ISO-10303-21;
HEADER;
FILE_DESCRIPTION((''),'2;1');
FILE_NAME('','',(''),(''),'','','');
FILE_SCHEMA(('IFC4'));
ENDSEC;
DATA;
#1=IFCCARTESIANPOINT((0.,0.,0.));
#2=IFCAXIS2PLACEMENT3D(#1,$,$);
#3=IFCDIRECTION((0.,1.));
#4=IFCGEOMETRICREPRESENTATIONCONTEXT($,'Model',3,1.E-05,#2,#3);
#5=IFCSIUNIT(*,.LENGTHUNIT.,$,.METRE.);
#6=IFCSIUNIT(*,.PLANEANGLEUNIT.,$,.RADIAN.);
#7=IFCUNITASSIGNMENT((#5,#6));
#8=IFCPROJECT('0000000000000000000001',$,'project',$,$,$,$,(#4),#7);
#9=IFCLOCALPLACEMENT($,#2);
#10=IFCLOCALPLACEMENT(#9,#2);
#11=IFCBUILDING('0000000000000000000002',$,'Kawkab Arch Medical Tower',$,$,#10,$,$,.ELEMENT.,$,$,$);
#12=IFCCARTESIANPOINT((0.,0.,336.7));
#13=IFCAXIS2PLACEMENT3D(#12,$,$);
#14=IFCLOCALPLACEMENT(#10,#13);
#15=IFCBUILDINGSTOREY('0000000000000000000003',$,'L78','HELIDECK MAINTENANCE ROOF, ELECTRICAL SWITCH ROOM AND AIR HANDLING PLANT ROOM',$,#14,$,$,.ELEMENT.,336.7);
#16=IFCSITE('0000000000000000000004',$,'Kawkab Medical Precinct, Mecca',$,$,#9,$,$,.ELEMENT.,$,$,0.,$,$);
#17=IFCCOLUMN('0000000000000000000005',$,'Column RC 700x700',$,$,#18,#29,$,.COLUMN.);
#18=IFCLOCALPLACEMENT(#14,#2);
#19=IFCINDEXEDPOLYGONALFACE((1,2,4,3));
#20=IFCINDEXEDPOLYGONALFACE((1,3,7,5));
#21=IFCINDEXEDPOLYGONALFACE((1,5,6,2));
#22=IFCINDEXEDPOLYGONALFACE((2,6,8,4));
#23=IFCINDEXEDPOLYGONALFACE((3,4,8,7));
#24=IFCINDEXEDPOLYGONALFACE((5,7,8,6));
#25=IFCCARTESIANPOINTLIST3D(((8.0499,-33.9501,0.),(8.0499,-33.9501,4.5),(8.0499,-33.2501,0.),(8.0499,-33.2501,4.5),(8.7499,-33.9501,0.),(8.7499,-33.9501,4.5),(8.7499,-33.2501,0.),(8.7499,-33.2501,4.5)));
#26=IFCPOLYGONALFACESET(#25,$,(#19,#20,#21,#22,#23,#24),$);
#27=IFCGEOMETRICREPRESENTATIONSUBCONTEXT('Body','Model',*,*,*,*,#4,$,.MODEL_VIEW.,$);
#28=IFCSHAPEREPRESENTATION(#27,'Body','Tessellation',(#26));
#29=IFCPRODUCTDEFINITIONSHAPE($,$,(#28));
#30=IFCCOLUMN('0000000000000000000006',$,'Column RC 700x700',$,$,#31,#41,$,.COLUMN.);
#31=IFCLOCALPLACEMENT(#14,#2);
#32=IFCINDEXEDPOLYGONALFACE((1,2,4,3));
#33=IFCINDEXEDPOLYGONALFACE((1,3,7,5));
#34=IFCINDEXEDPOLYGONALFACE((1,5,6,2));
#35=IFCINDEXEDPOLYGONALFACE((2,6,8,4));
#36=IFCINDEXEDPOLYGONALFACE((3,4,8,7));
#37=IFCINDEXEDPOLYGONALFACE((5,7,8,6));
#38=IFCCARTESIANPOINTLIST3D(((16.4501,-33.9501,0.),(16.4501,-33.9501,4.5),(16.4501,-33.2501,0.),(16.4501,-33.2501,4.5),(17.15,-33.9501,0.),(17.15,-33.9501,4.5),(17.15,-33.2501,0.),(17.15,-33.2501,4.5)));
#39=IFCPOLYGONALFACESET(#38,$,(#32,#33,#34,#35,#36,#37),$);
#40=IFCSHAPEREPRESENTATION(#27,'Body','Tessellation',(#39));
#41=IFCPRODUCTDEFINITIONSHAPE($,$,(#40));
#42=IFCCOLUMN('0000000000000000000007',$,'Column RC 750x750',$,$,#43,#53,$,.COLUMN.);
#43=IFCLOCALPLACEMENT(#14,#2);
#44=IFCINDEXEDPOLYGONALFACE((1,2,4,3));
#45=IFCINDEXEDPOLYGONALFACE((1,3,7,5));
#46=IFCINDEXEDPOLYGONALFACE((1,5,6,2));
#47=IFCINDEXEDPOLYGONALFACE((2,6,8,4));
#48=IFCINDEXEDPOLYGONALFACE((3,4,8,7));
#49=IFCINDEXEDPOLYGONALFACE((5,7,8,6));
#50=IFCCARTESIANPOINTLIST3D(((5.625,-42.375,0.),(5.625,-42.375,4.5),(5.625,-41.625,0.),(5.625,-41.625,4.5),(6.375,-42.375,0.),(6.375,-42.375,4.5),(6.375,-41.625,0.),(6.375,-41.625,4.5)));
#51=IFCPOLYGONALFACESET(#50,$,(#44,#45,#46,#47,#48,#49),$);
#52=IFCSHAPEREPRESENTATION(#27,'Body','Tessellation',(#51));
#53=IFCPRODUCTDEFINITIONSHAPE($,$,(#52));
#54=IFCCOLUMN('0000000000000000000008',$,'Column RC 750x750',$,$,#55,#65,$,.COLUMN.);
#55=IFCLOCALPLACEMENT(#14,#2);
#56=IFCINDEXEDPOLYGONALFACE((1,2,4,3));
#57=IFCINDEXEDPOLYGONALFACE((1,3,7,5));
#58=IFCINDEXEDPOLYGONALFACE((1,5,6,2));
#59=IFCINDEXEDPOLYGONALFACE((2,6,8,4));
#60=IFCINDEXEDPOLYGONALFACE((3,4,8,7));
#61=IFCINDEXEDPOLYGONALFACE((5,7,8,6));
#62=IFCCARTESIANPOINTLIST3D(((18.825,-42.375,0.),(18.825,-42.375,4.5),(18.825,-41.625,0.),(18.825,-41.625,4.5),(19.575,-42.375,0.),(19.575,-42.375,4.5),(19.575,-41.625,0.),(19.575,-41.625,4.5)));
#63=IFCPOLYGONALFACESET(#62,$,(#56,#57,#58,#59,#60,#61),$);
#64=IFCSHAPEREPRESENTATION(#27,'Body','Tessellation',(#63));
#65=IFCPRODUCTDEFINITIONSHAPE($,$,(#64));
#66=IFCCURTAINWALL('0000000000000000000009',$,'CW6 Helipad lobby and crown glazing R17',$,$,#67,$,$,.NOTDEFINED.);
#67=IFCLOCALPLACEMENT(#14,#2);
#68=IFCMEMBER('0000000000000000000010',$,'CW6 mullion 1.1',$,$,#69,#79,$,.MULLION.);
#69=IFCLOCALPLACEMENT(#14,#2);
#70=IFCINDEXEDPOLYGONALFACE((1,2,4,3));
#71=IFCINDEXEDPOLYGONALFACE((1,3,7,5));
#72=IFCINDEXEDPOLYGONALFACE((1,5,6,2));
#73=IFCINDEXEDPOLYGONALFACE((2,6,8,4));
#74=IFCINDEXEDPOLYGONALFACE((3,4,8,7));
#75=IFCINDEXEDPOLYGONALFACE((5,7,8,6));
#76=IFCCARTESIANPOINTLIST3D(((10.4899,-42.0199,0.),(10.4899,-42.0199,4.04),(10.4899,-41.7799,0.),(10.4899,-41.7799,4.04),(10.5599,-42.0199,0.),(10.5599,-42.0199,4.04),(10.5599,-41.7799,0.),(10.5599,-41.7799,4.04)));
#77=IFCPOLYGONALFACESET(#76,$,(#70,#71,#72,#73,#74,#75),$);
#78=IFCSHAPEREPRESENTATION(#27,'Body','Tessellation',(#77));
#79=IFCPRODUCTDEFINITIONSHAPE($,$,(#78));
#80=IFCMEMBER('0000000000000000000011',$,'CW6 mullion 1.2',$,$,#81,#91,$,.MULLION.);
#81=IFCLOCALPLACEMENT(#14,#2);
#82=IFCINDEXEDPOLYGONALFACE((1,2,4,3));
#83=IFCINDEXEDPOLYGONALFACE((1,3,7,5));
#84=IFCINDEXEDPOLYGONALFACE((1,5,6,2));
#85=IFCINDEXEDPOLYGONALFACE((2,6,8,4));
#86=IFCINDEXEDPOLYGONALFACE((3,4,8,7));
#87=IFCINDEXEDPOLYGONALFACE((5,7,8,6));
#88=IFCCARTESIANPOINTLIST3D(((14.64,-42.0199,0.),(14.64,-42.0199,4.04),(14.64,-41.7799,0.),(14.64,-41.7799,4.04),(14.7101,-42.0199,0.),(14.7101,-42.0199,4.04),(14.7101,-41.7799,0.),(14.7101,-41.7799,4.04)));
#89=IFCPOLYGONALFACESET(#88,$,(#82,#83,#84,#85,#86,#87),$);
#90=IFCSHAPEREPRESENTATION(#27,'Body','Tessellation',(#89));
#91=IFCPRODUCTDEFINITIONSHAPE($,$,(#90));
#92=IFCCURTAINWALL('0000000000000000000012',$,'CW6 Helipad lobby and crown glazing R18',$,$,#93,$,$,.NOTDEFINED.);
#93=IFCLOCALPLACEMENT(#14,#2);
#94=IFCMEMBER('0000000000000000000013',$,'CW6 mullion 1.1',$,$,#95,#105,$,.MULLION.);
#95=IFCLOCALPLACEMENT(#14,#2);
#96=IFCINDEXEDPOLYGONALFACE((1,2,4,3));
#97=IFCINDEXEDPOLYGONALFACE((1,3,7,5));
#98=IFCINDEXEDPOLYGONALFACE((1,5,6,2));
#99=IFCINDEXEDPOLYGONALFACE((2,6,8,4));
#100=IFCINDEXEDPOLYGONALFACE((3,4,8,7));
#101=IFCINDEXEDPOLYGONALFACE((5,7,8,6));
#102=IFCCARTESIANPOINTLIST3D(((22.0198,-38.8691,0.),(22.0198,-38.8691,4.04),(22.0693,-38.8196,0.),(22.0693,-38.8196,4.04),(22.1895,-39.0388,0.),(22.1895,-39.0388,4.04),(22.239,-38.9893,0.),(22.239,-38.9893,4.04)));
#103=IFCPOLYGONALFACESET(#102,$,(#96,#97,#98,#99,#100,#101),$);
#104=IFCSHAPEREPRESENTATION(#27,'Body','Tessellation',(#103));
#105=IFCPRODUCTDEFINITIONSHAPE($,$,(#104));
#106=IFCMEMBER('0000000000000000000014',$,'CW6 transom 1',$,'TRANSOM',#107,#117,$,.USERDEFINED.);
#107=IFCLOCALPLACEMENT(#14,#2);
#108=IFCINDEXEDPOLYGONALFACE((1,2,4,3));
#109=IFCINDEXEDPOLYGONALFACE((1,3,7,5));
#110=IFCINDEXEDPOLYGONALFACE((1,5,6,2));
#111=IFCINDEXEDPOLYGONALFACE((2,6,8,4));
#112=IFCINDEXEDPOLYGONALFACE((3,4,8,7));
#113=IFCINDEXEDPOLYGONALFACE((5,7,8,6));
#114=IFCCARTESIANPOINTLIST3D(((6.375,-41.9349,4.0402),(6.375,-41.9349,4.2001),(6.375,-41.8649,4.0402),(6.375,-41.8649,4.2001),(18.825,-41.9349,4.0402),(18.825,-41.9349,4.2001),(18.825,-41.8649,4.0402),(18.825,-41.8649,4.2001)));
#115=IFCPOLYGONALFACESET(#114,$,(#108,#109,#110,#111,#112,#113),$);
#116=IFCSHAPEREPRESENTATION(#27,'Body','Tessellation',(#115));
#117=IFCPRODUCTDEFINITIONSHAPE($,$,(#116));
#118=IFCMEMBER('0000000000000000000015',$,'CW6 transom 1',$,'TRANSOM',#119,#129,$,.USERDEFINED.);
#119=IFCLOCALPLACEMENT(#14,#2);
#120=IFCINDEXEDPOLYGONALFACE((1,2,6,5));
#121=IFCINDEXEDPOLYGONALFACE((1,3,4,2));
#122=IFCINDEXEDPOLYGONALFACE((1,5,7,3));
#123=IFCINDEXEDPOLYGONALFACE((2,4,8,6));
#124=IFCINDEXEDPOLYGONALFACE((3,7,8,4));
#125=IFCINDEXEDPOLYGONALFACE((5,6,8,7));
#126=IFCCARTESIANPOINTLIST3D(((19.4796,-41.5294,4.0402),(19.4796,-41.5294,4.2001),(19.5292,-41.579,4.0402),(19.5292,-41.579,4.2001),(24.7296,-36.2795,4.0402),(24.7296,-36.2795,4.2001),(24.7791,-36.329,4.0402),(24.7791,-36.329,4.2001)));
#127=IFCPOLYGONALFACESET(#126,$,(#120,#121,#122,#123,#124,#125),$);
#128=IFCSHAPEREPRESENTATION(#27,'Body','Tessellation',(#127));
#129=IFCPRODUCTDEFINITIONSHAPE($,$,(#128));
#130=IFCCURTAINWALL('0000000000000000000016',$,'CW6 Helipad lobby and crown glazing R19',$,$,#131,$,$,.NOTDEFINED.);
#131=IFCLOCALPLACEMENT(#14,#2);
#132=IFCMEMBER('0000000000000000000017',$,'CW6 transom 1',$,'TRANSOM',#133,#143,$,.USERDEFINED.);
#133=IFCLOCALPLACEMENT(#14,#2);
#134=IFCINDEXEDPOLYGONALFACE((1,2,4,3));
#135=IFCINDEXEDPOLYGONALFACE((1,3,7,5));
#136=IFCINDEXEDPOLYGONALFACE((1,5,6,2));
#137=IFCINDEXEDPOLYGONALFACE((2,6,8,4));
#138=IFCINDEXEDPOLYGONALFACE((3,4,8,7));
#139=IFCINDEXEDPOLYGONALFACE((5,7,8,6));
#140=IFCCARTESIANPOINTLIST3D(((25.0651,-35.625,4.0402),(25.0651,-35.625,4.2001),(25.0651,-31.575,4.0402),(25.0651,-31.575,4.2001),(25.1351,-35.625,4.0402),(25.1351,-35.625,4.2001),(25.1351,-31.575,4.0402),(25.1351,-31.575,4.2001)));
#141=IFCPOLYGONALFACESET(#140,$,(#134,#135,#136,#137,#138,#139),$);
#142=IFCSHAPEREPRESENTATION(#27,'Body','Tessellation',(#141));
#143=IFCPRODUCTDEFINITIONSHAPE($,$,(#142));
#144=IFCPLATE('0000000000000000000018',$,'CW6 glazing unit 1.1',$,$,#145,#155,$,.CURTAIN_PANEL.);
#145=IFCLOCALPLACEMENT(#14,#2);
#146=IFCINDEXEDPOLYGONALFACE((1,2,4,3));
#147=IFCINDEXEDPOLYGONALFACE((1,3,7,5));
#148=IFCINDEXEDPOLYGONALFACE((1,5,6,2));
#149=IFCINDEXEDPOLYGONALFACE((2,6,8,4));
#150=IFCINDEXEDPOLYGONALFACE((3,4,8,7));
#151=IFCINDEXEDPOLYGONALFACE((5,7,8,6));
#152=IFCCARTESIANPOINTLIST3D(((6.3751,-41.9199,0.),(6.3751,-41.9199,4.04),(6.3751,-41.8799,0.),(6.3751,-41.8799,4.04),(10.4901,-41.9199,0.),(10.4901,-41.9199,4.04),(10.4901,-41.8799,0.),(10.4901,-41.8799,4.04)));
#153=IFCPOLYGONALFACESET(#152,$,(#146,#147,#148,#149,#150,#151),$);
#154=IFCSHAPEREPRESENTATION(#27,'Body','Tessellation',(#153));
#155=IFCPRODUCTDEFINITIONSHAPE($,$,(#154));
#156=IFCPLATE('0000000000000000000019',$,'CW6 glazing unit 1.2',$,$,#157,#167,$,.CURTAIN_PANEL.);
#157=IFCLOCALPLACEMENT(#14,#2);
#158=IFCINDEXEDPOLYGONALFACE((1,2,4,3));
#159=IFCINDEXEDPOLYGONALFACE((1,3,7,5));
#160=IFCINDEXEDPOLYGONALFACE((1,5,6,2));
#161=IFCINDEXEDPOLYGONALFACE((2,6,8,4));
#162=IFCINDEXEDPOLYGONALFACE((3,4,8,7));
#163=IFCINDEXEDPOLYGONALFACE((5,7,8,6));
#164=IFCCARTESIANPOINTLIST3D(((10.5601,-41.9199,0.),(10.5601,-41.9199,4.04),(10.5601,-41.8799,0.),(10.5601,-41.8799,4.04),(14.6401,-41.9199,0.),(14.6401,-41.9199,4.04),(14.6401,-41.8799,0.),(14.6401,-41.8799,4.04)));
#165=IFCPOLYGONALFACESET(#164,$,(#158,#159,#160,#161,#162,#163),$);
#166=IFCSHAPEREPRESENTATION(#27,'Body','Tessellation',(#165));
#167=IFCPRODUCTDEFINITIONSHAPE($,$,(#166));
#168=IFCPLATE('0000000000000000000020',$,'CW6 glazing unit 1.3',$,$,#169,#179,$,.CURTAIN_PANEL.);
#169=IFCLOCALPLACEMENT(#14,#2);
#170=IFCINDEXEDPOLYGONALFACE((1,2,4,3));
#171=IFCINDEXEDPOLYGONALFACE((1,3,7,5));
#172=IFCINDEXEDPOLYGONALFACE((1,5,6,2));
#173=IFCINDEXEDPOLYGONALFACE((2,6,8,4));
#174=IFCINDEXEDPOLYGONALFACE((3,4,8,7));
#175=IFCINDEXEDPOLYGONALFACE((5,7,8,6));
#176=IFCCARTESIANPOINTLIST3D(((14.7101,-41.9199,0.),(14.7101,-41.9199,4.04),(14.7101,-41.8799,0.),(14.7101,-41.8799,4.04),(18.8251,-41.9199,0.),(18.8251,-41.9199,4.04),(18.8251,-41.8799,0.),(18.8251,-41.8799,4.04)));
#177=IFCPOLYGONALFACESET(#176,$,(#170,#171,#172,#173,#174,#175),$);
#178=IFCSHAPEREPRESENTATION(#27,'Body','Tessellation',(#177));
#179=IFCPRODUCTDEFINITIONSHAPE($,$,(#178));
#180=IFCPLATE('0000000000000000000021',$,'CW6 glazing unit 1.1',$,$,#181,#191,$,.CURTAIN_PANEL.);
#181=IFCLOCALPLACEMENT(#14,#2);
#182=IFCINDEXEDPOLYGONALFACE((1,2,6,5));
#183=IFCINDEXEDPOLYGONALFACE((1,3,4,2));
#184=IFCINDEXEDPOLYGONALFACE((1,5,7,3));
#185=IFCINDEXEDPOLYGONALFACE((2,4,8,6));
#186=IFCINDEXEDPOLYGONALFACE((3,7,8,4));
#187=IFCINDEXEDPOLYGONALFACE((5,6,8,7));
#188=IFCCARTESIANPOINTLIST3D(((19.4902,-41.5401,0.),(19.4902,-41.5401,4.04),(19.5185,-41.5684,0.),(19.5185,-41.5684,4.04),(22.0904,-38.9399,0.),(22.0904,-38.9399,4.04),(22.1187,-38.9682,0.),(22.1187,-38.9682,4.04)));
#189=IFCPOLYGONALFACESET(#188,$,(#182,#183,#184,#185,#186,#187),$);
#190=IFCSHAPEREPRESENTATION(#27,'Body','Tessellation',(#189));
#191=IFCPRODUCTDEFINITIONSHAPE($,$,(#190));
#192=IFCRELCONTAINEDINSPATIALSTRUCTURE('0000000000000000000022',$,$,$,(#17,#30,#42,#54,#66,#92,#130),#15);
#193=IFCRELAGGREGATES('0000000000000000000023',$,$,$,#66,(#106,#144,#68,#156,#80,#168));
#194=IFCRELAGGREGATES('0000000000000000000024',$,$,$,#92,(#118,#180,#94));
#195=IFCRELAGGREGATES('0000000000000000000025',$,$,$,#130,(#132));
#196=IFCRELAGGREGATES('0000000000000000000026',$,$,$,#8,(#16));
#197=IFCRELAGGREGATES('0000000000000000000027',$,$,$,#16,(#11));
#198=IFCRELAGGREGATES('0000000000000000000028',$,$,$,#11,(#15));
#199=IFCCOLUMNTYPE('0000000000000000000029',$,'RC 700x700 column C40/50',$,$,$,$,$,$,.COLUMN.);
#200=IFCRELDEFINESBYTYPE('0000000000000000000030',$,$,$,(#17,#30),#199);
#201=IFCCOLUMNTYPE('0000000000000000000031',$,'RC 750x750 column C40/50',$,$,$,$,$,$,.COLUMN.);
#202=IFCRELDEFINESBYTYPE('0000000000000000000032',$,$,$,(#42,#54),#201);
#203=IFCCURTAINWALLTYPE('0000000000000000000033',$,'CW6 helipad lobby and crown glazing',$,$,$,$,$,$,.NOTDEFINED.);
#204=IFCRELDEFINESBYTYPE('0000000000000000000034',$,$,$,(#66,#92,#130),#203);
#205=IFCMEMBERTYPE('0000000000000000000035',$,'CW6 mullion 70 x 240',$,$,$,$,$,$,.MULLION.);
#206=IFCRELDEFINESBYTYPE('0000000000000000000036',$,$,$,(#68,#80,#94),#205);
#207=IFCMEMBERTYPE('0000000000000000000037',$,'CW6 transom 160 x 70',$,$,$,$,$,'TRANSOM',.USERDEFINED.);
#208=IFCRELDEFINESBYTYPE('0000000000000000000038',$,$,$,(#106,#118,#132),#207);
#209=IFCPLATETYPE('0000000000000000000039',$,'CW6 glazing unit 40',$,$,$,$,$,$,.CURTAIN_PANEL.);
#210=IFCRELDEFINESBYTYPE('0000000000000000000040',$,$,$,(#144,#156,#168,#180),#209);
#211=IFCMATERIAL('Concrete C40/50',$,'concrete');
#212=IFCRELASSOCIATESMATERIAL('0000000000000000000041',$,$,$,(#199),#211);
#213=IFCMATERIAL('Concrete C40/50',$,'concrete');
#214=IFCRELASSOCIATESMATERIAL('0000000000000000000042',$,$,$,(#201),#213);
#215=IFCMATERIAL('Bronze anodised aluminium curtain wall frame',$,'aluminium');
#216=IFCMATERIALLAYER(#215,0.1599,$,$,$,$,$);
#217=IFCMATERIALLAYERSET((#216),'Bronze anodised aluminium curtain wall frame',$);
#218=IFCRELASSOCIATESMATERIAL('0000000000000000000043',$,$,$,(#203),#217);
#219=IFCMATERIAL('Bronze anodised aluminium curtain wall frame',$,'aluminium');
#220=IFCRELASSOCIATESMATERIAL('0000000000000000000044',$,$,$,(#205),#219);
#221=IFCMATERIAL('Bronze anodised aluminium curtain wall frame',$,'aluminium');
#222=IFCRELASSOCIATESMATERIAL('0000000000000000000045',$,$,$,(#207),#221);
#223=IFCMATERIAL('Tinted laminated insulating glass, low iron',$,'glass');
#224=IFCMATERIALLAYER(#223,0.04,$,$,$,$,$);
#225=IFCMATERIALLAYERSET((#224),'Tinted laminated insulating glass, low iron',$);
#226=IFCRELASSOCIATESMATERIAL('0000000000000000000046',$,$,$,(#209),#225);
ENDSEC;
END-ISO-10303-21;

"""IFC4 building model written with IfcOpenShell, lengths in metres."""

from ifc_helpers import new_model, si_unit, direction, frame, origin, origin_2d, place, context, subcontext, project, spatial, rectangle, extrude, material, layer, layer_set, material_profile, profile_set, type_object, element, aggregate, save


model = new_model("IFC4")

# Units and contexts
model_context = context("Model", 3, precision=1e-05, world=origin(), true_north=direction((0.0, 1.0)))
body_context = subcontext(model_context, "Body", "Model", "MODEL_VIEW")
ifc_project = project(units=[si_unit("LENGTHUNIT", "METRE"), si_unit("PLANEANGLEUNIT", "RADIAN")], contexts=[model_context])

# Site, building, storey
site_placement = place(None, origin())
site = spatial("IfcSite", under=ifc_project, at=site_placement, Name="Kawkab Medical Precinct, Mecca", CompositionType="ELEMENT", RefElevation=0.0)
building_placement = place(site_placement, origin())
building = spatial("IfcBuilding", under=site, at=building_placement, Name="Kawkab Arch Medical Tower", CompositionType="ELEMENT")
storey_placement = place(building_placement, frame((0.0, 0.0, 336.7)))
storey = spatial("IfcBuildingStorey", under=building, at=storey_placement, Name="L78", Description="HELIDECK MAINTENANCE ROOF, ELECTRICAL SWITCH ROOM AND AIR HANDLING PLANT ROOM", CompositionType="ELEMENT", Elevation=336.7)

# Columns
ifc_material_1 = material(Name="Concrete C40/50", Category="concrete")
ifc_material_profile_1 = material_profile(ifc_material_1, rectangle(XDim=0.7, YDim=0.7, at=origin_2d()), Name="RC 700x700")
ifc_profile_set_1 = profile_set([ifc_material_profile_1], Name="Concrete C40/50")
column_type_1 = type_object("IfcColumnType", Name="RC 700x700 column C40/50", PredefinedType="COLUMN", material=ifc_profile_set_1)
for number, where, z_axis, x_axis, name in (
    (1, (8.3999, -33.6001, 0.0), (0.0, 0.0, 1.0), (1.0, 0.0, 0.0), "Column RC 700x700"),
    (2, (16.8, -33.6001, 0.0), (0.0, 0.0, 1.0), (1.0, 0.0, 0.0), "Column RC 700x700"),
):
    element("IfcColumn", number, at=place(storey_placement, frame(where, z_axis=z_axis, x_axis=x_axis)), inside=storey, type_object=column_type_1, Name=name, PredefinedType="COLUMN", context=body_context, shape_type="SweptSolid", body=[
        extrude(rectangle(XDim=0.7, YDim=0.7, at=origin_2d()), origin(), (0.0, 0.0, 1.0), 4.5),
    ])
ifc_material_2 = material(Name="Concrete C40/50", Category="concrete")
ifc_material_profile_2 = material_profile(ifc_material_2, rectangle(XDim=0.75, YDim=0.75, at=origin_2d()), Name="RC 750x750")
ifc_profile_set_2 = profile_set([ifc_material_profile_2], Name="Concrete C40/50")
column_type_2 = type_object("IfcColumnType", Name="RC 750x750 column C40/50", PredefinedType="COLUMN", material=ifc_profile_set_2)
for number, where, z_axis, x_axis, name in (
    (3, (6.0, -42.0, 0.0), (0.0, 0.0, 1.0), (1.0, 0.0, 0.0), "Column RC 750x750"),
    (4, (19.2, -42.0, 0.0), (0.0, 0.0, 1.0), (1.0, 0.0, 0.0), "Column RC 750x750"),
):
    element("IfcColumn", number, at=place(storey_placement, frame(where, z_axis=z_axis, x_axis=x_axis)), inside=storey, type_object=column_type_2, Name=name, PredefinedType="COLUMN", context=body_context, shape_type="SweptSolid", body=[
        extrude(rectangle(XDim=0.75, YDim=0.75, at=origin_2d()), origin(), (0.0, 0.0, 1.0), 4.5),
    ])

# Curtain wall, members
ifc_material_3 = material(Name="Bronze anodised aluminium curtain wall frame", Category="aluminium")
ifc_layer_1 = layer(ifc_material_3, 0.1599)
ifc_layer_set_1 = layer_set([ifc_layer_1], Name="Bronze anodised aluminium curtain wall frame")
curtain_wall_type = type_object("IfcCurtainWallType", Name="CW6 helipad lobby and crown glazing", PredefinedType="NOTDEFINED", material=ifc_layer_set_1)
placement = place(storey_placement, origin())
curtain_wall_1 = element("IfcCurtainWall", 5, at=placement, inside=storey, type_object=curtain_wall_type, Name="CW6 Helipad lobby and crown glazing R17", PredefinedType="NOTDEFINED")
ifc_material_4 = material(Name="Bronze anodised aluminium curtain wall frame", Category="aluminium")
ifc_material_profile_3 = material_profile(ifc_material_4, rectangle(XDim=0.24, YDim=0.0701, at=origin_2d()), Name="AL 70x240")
ifc_profile_set_3 = profile_set([ifc_material_profile_3], Name="Bronze anodised aluminium curtain wall frame")
member_type_1 = type_object("IfcMemberType", Name="CW6 mullion 70 x 240", PredefinedType="MULLION", material=ifc_profile_set_3)
member_1_placement = place(storey_placement, frame((10.5249, -41.8999, 0.0), z_axis=(0.0, 0.0, 1.0), x_axis=(0.0, 1.0, 0.0)))
member_1 = element("IfcMember", 6, at=member_1_placement, type_object=member_type_1, Name="CW6 mullion 1.1", PredefinedType="MULLION", context=body_context, shape_type="SweptSolid", body=[
    extrude(rectangle(XDim=0.24, YDim=0.0701, at=origin_2d()), origin(), (0.0, 0.0, 1.0), 4.04),
])
member_2_placement = place(storey_placement, frame((14.675, -41.8999, 0.0), z_axis=(0.0, 0.0, 1.0), x_axis=(0.0, 1.0, 0.0)))
member_2 = element("IfcMember", 7, at=member_2_placement, type_object=member_type_1, Name="CW6 mullion 1.2", PredefinedType="MULLION", context=body_context, shape_type="SweptSolid", body=[
    extrude(rectangle(XDim=0.24, YDim=0.0701, at=origin_2d()), origin(), (0.0, 0.0, 1.0), 4.04),
])

# Curtain wall, member
curtain_wall_2 = element("IfcCurtainWall", 8, at=placement, inside=storey, type_object=curtain_wall_type, Name="CW6 Helipad lobby and crown glazing R18", PredefinedType="NOTDEFINED")
member_3_placement = place(storey_placement, frame((22.1294, -38.9292, 0.0), z_axis=(0.0, 0.0, 1.0), x_axis=(-0.707107, 0.707107, 0.0)))
member_3 = element("IfcMember", 9, at=member_3_placement, type_object=member_type_1, Name="CW6 mullion 1.1", PredefinedType="MULLION", context=body_context, shape_type="SweptSolid", body=[
    extrude(rectangle(XDim=0.24, YDim=0.0701, at=origin_2d()), origin(), (0.0, 0.0, 1.0), 4.04),
])

# Members
ifc_material_5 = material(Name="Bronze anodised aluminium curtain wall frame", Category="aluminium")
ifc_material_profile_4 = material_profile(ifc_material_5, rectangle(XDim=0.0701, YDim=0.1599, at=origin_2d()), Name="AL 70x160")
ifc_profile_set_4 = profile_set([ifc_material_profile_4], Name="Bronze anodised aluminium curtain wall frame")
member_type_2 = type_object("IfcMemberType", Name="CW6 transom 160 x 70", ElementType="TRANSOM", PredefinedType="USERDEFINED", material=ifc_profile_set_4)
member_4_placement = place(storey_placement, frame((6.375, -41.8999, 4.1201), z_axis=(1.0, 0.0, 0.0), x_axis=(0.0, 1.0, 0.0)))
member_4 = element("IfcMember", 10, at=member_4_placement, type_object=member_type_2, Name="CW6 transom 1", ObjectType="TRANSOM", PredefinedType="USERDEFINED", context=body_context, shape_type="SweptSolid", body=[
    extrude(rectangle(XDim=0.0701, YDim=0.1599, at=origin_2d()), origin(), (0.0, 0.0, 1.0), 12.45),
])
member_5_placement = place(storey_placement, frame((19.5044, -41.5542, 4.1201), z_axis=(0.707107, 0.707107, 0.0), x_axis=(-0.707107, 0.707107, 0.0)))
member_5 = element("IfcMember", 11, at=member_5_placement, type_object=member_type_2, Name="CW6 transom 1", ObjectType="TRANSOM", PredefinedType="USERDEFINED", context=body_context, shape_type="SweptSolid", body=[
    extrude(rectangle(XDim=0.0701, YDim=0.1599, at=origin_2d()), origin(), (0.0, 0.0, 1.0), 7.4246),
])

# Curtain wall, member
curtain_wall_3 = element("IfcCurtainWall", 12, at=placement, inside=storey, type_object=curtain_wall_type, Name="CW6 Helipad lobby and crown glazing R19", PredefinedType="NOTDEFINED")
member_6_placement = place(storey_placement, frame((25.1001, -35.625, 4.1201), z_axis=(0.0, 1.0, 0.0), x_axis=(-1.0, 0.0, 0.0)))
member_6 = element("IfcMember", 13, at=member_6_placement, type_object=member_type_2, Name="CW6 transom 1", ObjectType="TRANSOM", PredefinedType="USERDEFINED", context=body_context, shape_type="SweptSolid", body=[
    extrude(rectangle(XDim=0.0701, YDim=0.1599, at=origin_2d()), origin(), (0.0, 0.0, 1.0), 4.05),
])

# Plates
ifc_material_6 = material(Name="Tinted laminated insulating glass, low iron", Category="glass")
ifc_layer_2 = layer(ifc_material_6, 0.04)
ifc_layer_set_2 = layer_set([ifc_layer_2], Name="Tinted laminated insulating glass, low iron")
plate_type_1 = type_object("IfcPlateType", Name="CW6 glazing unit 40", PredefinedType="CURTAIN_PANEL", material=ifc_layer_set_2)
plate_1_placement = place(storey_placement, frame((8.4326, -41.8999, 0.0), z_axis=(0.0, 0.0, 1.0), x_axis=(1.0, 0.0, 0.0)))
plate_1 = element("IfcPlate", 14, at=plate_1_placement, type_object=plate_type_1, Name="CW6 glazing unit 1.1", PredefinedType="CURTAIN_PANEL", context=body_context, shape_type="SweptSolid", body=[
    extrude(rectangle(XDim=4.115, YDim=0.04, at=origin_2d()), origin(), (0.0, 0.0, 1.0), 4.04),
])
plate_2_placement = place(storey_placement, frame((12.6001, -41.8999, 0.0), z_axis=(0.0, 0.0, 1.0), x_axis=(1.0, 0.0, 0.0)))
plate_2 = element("IfcPlate", 15, at=plate_2_placement, type_object=plate_type_1, Name="CW6 glazing unit 1.2", PredefinedType="CURTAIN_PANEL", context=body_context, shape_type="SweptSolid", body=[
    extrude(rectangle(XDim=4.0801, YDim=0.04, at=origin_2d()), origin(), (0.0, 0.0, 1.0), 4.04),
])
plate_3_placement = place(storey_placement, frame((16.7676, -41.8999, 0.0), z_axis=(0.0, 0.0, 1.0), x_axis=(1.0, 0.0, 0.0)))
plate_3 = element("IfcPlate", 16, at=plate_3_placement, type_object=plate_type_1, Name="CW6 glazing unit 1.3", PredefinedType="CURTAIN_PANEL", context=body_context, shape_type="SweptSolid", body=[
    extrude(rectangle(XDim=4.115, YDim=0.04, at=origin_2d()), origin(), (0.0, 0.0, 1.0), 4.04),
])
aggregate(curtain_wall_1, [member_4, plate_1, member_1, plate_2, member_2, plate_3])
plate_4_placement = place(storey_placement, frame((20.8044, -40.2542, 0.0), z_axis=(0.0, 0.0, 1.0), x_axis=(0.707107, 0.707107, 0.0)))
plate_4 = element("IfcPlate", 17, at=plate_4_placement, type_object=plate_type_1, Name="CW6 glazing unit 1.1", PredefinedType="CURTAIN_PANEL", context=body_context, shape_type="SweptSolid", body=[
    extrude(rectangle(XDim=3.6772, YDim=0.04, at=origin_2d()), origin(), (0.0, 0.0, 1.0), 4.04),
])
aggregate(curtain_wall_2, [member_5, plate_4, member_3])
aggregate(curtain_wall_3, [member_6])

save(model, "model.ifc")
